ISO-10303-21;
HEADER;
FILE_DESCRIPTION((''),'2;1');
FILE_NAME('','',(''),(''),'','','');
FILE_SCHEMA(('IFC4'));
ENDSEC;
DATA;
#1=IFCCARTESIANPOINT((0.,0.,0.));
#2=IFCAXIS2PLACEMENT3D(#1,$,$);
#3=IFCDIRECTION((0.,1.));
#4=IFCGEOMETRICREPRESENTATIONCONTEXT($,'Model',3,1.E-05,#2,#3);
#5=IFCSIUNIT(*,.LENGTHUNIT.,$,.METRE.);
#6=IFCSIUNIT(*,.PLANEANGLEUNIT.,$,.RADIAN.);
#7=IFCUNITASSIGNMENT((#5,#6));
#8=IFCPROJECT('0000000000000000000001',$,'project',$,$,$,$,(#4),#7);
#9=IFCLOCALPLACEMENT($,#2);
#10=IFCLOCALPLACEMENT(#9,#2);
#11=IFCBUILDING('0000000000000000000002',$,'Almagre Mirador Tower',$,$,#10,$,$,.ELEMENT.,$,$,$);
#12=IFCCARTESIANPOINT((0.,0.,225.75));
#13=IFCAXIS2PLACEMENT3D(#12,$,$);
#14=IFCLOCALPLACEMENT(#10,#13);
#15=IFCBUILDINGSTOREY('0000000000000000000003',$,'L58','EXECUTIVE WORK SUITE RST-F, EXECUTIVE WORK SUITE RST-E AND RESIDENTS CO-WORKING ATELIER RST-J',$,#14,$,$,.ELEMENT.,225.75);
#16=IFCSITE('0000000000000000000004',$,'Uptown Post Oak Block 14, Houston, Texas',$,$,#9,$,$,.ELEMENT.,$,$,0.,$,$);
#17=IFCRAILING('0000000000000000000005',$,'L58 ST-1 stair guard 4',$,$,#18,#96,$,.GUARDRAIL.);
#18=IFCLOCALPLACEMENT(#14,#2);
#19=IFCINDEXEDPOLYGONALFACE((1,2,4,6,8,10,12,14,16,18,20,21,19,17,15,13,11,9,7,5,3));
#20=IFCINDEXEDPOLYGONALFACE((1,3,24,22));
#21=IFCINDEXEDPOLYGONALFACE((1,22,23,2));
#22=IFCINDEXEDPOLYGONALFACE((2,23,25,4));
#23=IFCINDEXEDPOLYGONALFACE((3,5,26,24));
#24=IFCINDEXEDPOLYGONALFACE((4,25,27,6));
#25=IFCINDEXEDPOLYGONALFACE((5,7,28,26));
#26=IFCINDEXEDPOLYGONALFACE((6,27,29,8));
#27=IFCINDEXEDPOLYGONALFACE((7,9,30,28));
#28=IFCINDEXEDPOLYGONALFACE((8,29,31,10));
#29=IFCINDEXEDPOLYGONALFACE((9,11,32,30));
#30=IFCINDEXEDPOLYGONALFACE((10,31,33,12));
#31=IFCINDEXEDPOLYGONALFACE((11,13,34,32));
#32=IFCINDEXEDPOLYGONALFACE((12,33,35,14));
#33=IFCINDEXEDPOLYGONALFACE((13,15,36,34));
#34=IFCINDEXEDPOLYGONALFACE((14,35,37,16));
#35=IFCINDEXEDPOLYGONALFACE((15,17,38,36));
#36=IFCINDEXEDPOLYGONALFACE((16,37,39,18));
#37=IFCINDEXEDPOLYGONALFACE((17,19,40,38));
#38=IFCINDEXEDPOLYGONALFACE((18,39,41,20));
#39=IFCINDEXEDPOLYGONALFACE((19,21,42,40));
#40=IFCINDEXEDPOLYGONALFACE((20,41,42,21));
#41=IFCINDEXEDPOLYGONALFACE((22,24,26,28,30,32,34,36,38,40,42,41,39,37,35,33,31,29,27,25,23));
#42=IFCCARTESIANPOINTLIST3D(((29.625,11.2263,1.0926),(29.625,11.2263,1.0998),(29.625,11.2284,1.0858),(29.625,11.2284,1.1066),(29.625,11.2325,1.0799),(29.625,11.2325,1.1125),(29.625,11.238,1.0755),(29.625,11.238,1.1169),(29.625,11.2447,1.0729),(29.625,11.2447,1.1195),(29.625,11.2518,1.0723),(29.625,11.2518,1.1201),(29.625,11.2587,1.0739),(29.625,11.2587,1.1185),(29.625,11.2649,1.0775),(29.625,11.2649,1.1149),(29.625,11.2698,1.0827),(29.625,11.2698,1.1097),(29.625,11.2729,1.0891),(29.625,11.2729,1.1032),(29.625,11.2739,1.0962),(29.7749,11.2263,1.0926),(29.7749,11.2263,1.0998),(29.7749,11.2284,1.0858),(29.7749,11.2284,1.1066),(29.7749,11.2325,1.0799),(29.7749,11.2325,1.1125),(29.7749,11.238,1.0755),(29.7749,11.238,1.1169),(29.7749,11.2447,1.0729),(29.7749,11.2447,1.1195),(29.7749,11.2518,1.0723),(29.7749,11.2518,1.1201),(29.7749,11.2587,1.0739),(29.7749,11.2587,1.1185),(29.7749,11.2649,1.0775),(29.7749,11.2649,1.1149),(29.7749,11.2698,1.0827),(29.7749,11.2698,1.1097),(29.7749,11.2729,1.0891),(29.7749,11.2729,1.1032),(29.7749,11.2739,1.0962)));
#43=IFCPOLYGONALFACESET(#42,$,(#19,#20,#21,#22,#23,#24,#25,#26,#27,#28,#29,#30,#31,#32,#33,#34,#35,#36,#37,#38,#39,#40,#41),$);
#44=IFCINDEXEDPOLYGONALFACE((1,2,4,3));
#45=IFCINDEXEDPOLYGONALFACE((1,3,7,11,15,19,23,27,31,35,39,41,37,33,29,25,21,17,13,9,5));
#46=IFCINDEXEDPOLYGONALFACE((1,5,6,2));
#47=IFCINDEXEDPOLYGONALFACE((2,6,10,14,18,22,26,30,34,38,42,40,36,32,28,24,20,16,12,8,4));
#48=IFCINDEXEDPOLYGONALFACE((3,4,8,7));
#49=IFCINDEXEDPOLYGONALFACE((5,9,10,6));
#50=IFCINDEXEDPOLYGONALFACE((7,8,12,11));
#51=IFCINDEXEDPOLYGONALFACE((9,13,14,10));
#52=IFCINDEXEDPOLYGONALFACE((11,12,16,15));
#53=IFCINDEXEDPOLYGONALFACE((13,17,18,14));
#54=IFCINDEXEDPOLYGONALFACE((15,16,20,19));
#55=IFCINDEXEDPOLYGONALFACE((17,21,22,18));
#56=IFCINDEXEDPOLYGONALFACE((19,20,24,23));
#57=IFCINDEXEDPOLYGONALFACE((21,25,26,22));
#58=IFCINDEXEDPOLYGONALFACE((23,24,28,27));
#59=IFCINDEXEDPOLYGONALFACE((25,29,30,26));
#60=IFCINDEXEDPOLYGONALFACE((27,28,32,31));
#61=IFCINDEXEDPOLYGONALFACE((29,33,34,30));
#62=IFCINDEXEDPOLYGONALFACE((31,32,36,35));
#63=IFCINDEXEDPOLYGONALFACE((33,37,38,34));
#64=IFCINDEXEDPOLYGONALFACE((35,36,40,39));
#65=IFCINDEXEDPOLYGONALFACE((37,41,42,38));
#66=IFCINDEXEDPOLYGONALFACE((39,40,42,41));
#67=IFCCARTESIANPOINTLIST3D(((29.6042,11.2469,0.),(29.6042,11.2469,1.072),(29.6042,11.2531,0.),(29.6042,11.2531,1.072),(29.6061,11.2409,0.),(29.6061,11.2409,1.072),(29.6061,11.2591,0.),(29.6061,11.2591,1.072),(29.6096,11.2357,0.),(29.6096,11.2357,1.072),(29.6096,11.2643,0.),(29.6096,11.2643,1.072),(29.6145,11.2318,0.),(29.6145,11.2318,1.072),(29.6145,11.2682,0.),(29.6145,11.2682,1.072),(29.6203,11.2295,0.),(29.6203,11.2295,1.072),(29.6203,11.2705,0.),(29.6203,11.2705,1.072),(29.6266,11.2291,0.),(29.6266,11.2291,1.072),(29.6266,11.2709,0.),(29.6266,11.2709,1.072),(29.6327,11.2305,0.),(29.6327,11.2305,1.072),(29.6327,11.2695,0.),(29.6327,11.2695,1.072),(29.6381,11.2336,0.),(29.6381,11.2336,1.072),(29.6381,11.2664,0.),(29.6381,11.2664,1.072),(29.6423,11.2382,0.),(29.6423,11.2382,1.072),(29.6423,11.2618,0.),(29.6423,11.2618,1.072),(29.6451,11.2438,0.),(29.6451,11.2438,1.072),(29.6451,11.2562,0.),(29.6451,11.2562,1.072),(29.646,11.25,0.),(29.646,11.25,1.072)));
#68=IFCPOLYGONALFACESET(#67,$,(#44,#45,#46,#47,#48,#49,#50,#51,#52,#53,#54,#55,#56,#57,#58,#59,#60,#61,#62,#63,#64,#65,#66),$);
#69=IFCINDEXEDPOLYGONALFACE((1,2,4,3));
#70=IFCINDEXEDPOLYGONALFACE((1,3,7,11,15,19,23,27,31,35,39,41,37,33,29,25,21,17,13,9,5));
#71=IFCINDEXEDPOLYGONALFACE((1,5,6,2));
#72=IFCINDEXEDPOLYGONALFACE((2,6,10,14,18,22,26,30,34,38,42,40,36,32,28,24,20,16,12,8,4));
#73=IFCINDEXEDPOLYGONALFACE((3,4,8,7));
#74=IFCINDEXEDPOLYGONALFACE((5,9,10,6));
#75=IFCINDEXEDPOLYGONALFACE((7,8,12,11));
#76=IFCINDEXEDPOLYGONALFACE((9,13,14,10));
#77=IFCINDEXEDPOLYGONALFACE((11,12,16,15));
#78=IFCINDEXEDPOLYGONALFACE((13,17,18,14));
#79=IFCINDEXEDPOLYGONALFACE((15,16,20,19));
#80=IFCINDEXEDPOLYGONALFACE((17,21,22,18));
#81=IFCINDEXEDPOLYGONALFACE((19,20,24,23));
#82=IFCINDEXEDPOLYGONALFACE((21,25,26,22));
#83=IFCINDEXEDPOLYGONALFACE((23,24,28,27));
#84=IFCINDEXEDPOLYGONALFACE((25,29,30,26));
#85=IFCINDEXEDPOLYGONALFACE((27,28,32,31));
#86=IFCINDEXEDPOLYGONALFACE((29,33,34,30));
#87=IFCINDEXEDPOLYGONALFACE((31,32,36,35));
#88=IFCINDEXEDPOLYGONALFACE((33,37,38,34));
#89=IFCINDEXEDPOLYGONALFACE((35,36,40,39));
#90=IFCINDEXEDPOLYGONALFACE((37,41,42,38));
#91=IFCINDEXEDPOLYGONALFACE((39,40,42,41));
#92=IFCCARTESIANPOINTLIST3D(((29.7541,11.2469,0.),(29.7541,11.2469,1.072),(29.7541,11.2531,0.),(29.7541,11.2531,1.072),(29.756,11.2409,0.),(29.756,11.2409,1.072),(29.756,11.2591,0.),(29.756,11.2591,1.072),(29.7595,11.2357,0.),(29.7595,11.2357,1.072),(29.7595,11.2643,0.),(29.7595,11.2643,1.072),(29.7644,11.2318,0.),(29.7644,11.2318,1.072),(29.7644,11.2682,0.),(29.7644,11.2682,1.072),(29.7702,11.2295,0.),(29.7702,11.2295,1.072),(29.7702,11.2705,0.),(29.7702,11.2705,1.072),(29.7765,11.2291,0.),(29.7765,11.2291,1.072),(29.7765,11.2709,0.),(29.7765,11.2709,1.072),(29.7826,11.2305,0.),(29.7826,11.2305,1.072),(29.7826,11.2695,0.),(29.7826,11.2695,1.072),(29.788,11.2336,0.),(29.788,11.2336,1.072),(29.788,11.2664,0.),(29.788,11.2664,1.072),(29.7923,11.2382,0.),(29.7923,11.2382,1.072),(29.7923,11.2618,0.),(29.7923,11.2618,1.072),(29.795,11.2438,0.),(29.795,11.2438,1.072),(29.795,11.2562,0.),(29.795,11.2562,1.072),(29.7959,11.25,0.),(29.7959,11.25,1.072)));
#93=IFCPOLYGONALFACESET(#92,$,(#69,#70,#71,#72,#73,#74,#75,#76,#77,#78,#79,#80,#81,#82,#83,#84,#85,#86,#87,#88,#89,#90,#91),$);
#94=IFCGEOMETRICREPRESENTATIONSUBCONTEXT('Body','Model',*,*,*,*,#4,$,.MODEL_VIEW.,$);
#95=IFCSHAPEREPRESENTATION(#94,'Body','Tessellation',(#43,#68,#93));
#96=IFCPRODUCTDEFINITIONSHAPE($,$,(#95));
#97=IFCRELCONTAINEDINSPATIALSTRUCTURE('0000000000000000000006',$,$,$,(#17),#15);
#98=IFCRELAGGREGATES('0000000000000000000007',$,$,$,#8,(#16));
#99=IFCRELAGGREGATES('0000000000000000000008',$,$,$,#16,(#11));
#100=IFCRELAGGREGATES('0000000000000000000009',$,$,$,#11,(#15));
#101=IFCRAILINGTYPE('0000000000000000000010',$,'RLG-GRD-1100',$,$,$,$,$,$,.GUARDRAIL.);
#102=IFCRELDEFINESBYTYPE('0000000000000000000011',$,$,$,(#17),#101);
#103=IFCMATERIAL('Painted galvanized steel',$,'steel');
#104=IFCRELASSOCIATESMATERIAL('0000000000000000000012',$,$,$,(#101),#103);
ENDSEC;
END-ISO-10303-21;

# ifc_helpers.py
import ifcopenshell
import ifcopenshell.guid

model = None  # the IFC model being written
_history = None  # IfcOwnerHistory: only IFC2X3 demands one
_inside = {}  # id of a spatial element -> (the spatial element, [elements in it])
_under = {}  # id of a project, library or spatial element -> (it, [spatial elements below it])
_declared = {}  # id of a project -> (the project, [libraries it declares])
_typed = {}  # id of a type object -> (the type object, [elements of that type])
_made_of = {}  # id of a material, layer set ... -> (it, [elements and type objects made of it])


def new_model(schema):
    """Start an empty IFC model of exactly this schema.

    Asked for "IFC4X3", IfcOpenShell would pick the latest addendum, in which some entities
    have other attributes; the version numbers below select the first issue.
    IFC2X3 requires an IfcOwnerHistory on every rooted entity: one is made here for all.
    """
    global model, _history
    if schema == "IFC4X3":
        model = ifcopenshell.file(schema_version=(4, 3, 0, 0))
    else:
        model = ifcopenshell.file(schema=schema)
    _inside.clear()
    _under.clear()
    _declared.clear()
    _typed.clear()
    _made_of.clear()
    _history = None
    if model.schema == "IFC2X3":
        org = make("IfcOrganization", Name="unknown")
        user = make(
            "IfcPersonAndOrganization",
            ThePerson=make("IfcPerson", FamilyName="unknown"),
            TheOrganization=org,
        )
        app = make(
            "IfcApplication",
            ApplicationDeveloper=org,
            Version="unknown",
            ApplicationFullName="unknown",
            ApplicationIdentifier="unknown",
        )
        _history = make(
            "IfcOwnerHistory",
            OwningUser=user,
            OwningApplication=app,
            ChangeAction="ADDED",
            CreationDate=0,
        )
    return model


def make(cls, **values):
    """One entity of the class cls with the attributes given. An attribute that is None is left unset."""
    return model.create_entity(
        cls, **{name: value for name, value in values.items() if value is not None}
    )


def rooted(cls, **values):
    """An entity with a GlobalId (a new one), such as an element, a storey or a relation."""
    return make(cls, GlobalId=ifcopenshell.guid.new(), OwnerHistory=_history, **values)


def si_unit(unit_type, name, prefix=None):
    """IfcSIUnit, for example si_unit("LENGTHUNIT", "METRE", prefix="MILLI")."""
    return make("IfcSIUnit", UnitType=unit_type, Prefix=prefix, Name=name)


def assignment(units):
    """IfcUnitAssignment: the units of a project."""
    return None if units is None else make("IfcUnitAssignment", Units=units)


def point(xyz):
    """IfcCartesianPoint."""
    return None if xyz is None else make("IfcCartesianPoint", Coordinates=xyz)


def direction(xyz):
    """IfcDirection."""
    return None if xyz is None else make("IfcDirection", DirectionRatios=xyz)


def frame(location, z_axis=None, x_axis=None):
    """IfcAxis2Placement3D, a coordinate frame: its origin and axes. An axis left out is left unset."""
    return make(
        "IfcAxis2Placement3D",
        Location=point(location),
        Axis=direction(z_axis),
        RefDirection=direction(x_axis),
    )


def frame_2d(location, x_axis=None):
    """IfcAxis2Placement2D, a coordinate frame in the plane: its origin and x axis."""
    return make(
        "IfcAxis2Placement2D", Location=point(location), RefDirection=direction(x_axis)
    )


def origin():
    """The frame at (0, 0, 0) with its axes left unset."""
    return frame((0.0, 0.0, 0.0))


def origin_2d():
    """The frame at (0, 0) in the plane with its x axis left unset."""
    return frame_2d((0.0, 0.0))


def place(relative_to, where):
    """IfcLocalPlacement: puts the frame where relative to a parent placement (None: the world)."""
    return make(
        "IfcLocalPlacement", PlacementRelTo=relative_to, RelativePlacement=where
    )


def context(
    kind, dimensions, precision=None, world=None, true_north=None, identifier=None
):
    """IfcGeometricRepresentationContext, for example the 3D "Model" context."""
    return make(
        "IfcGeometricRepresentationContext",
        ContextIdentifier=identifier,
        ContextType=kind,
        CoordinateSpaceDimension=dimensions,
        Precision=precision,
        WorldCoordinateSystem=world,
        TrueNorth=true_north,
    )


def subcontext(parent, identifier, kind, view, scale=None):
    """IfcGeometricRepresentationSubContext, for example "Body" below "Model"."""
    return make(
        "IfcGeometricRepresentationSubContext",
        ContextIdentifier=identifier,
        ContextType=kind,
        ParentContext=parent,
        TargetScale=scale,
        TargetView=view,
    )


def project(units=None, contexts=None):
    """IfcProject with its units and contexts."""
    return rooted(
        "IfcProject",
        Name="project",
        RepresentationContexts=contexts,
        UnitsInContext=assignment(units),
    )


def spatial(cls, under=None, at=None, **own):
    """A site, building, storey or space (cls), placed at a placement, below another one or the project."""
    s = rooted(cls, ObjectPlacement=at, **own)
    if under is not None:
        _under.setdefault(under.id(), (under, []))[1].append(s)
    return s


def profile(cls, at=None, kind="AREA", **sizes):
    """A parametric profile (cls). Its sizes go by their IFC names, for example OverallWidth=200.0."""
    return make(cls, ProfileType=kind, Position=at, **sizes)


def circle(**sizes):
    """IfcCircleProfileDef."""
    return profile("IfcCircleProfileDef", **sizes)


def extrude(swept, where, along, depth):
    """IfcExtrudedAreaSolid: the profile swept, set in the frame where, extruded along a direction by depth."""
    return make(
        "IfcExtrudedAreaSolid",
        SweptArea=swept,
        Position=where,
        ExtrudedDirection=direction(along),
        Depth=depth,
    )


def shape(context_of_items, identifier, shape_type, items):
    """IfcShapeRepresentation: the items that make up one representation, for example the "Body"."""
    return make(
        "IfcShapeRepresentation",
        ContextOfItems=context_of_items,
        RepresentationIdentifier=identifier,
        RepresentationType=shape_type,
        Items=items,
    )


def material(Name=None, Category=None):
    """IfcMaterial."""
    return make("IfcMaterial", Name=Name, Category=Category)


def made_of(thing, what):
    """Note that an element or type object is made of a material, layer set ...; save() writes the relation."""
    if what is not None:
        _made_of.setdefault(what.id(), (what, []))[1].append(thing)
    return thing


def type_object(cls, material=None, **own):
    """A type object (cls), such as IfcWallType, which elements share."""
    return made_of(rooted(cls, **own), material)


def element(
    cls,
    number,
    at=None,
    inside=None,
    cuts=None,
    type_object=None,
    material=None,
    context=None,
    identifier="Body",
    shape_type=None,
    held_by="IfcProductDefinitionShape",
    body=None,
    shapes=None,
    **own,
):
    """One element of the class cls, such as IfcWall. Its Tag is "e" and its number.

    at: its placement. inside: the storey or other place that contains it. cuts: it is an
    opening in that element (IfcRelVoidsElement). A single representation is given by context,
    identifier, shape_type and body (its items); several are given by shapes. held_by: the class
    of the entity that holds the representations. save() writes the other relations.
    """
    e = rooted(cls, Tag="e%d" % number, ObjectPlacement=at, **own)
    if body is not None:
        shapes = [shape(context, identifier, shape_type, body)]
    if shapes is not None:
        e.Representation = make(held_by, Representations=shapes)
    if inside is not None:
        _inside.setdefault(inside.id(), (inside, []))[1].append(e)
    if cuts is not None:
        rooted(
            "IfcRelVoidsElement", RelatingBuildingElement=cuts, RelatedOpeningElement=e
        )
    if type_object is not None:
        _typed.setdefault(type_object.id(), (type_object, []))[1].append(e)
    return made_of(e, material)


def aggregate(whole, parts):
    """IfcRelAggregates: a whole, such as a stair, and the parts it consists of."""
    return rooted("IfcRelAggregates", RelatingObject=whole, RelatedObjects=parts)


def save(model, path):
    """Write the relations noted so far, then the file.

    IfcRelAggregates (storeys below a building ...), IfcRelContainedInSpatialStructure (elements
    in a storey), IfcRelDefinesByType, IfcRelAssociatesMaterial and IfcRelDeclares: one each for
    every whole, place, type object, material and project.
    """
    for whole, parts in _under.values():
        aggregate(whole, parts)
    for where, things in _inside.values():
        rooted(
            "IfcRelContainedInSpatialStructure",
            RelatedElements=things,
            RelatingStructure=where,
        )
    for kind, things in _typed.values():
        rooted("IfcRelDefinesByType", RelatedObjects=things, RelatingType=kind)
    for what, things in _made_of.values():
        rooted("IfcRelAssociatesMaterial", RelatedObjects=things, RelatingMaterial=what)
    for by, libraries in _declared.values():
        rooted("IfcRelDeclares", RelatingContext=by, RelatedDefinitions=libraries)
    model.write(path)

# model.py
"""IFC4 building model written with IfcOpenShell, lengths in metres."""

from ifc_helpers import new_model, si_unit, direction, frame, origin, origin_2d, place, context, subcontext, project, spatial, circle, extrude, material, type_object, element, save


model = new_model("IFC4")

# Units and contexts
model_context = context("Model", 3, precision=1e-05, world=origin(), true_north=direction((0.0, 1.0)))
body_context = subcontext(model_context, "Body", "Model", "MODEL_VIEW")
ifc_project = project(units=[si_unit("LENGTHUNIT", "METRE"), si_unit("PLANEANGLEUNIT", "RADIAN")], contexts=[model_context])

# Site, building, storey
site_placement = place(None, origin())
site = spatial("IfcSite", under=ifc_project, at=site_placement, Name="Uptown Post Oak Block 14, Houston, Texas", CompositionType="ELEMENT", RefElevation=0.0)
building_placement = place(site_placement, origin())
building = spatial("IfcBuilding", under=site, at=building_placement, Name="Almagre Mirador Tower", CompositionType="ELEMENT")
storey_placement = place(building_placement, frame((0.0, 0.0, 225.75)))
storey = spatial("IfcBuildingStorey", under=building, at=storey_placement, Name="L58", Description="EXECUTIVE WORK SUITE RST-F, EXECUTIVE WORK SUITE RST-E AND RESIDENTS CO-WORKING ATELIER RST-J", CompositionType="ELEMENT", Elevation=225.75)

# Railing
ifc_material_1 = material(Name="Painted galvanized steel", Category="steel")
railing_type_1 = type_object("IfcRailingType", Name="RLG-GRD-1100", PredefinedType="GUARDRAIL", material=ifc_material_1)
railing_1_placement = place(storey_placement, frame((29.625, 11.25, 0.0)))
element("IfcRailing", 1, at=railing_1_placement, inside=storey, type_object=railing_type_1, Name="L58 ST-1 stair guard 4", PredefinedType="GUARDRAIL", context=body_context, shape_type="SweptSolid", body=[
    extrude(circle(Radius=0.0239, at=origin_2d()), frame((0.0, 0.0, 1.0962), z_axis=(1.0, 0.0, 0.0), x_axis=(0.0, 1.0, 0.0)), (0.0, 0.0, 1.0), 0.1499),
    extrude(circle(Radius=0.021, at=origin_2d()), origin(), (0.0, 0.0, 1.0), 1.072),
    extrude(circle(Radius=0.021, at=origin_2d()), frame((0.1499, 0.0, 0.0)), (0.0, 0.0, 1.0), 1.072),
])

save(model, "model.ifc")
